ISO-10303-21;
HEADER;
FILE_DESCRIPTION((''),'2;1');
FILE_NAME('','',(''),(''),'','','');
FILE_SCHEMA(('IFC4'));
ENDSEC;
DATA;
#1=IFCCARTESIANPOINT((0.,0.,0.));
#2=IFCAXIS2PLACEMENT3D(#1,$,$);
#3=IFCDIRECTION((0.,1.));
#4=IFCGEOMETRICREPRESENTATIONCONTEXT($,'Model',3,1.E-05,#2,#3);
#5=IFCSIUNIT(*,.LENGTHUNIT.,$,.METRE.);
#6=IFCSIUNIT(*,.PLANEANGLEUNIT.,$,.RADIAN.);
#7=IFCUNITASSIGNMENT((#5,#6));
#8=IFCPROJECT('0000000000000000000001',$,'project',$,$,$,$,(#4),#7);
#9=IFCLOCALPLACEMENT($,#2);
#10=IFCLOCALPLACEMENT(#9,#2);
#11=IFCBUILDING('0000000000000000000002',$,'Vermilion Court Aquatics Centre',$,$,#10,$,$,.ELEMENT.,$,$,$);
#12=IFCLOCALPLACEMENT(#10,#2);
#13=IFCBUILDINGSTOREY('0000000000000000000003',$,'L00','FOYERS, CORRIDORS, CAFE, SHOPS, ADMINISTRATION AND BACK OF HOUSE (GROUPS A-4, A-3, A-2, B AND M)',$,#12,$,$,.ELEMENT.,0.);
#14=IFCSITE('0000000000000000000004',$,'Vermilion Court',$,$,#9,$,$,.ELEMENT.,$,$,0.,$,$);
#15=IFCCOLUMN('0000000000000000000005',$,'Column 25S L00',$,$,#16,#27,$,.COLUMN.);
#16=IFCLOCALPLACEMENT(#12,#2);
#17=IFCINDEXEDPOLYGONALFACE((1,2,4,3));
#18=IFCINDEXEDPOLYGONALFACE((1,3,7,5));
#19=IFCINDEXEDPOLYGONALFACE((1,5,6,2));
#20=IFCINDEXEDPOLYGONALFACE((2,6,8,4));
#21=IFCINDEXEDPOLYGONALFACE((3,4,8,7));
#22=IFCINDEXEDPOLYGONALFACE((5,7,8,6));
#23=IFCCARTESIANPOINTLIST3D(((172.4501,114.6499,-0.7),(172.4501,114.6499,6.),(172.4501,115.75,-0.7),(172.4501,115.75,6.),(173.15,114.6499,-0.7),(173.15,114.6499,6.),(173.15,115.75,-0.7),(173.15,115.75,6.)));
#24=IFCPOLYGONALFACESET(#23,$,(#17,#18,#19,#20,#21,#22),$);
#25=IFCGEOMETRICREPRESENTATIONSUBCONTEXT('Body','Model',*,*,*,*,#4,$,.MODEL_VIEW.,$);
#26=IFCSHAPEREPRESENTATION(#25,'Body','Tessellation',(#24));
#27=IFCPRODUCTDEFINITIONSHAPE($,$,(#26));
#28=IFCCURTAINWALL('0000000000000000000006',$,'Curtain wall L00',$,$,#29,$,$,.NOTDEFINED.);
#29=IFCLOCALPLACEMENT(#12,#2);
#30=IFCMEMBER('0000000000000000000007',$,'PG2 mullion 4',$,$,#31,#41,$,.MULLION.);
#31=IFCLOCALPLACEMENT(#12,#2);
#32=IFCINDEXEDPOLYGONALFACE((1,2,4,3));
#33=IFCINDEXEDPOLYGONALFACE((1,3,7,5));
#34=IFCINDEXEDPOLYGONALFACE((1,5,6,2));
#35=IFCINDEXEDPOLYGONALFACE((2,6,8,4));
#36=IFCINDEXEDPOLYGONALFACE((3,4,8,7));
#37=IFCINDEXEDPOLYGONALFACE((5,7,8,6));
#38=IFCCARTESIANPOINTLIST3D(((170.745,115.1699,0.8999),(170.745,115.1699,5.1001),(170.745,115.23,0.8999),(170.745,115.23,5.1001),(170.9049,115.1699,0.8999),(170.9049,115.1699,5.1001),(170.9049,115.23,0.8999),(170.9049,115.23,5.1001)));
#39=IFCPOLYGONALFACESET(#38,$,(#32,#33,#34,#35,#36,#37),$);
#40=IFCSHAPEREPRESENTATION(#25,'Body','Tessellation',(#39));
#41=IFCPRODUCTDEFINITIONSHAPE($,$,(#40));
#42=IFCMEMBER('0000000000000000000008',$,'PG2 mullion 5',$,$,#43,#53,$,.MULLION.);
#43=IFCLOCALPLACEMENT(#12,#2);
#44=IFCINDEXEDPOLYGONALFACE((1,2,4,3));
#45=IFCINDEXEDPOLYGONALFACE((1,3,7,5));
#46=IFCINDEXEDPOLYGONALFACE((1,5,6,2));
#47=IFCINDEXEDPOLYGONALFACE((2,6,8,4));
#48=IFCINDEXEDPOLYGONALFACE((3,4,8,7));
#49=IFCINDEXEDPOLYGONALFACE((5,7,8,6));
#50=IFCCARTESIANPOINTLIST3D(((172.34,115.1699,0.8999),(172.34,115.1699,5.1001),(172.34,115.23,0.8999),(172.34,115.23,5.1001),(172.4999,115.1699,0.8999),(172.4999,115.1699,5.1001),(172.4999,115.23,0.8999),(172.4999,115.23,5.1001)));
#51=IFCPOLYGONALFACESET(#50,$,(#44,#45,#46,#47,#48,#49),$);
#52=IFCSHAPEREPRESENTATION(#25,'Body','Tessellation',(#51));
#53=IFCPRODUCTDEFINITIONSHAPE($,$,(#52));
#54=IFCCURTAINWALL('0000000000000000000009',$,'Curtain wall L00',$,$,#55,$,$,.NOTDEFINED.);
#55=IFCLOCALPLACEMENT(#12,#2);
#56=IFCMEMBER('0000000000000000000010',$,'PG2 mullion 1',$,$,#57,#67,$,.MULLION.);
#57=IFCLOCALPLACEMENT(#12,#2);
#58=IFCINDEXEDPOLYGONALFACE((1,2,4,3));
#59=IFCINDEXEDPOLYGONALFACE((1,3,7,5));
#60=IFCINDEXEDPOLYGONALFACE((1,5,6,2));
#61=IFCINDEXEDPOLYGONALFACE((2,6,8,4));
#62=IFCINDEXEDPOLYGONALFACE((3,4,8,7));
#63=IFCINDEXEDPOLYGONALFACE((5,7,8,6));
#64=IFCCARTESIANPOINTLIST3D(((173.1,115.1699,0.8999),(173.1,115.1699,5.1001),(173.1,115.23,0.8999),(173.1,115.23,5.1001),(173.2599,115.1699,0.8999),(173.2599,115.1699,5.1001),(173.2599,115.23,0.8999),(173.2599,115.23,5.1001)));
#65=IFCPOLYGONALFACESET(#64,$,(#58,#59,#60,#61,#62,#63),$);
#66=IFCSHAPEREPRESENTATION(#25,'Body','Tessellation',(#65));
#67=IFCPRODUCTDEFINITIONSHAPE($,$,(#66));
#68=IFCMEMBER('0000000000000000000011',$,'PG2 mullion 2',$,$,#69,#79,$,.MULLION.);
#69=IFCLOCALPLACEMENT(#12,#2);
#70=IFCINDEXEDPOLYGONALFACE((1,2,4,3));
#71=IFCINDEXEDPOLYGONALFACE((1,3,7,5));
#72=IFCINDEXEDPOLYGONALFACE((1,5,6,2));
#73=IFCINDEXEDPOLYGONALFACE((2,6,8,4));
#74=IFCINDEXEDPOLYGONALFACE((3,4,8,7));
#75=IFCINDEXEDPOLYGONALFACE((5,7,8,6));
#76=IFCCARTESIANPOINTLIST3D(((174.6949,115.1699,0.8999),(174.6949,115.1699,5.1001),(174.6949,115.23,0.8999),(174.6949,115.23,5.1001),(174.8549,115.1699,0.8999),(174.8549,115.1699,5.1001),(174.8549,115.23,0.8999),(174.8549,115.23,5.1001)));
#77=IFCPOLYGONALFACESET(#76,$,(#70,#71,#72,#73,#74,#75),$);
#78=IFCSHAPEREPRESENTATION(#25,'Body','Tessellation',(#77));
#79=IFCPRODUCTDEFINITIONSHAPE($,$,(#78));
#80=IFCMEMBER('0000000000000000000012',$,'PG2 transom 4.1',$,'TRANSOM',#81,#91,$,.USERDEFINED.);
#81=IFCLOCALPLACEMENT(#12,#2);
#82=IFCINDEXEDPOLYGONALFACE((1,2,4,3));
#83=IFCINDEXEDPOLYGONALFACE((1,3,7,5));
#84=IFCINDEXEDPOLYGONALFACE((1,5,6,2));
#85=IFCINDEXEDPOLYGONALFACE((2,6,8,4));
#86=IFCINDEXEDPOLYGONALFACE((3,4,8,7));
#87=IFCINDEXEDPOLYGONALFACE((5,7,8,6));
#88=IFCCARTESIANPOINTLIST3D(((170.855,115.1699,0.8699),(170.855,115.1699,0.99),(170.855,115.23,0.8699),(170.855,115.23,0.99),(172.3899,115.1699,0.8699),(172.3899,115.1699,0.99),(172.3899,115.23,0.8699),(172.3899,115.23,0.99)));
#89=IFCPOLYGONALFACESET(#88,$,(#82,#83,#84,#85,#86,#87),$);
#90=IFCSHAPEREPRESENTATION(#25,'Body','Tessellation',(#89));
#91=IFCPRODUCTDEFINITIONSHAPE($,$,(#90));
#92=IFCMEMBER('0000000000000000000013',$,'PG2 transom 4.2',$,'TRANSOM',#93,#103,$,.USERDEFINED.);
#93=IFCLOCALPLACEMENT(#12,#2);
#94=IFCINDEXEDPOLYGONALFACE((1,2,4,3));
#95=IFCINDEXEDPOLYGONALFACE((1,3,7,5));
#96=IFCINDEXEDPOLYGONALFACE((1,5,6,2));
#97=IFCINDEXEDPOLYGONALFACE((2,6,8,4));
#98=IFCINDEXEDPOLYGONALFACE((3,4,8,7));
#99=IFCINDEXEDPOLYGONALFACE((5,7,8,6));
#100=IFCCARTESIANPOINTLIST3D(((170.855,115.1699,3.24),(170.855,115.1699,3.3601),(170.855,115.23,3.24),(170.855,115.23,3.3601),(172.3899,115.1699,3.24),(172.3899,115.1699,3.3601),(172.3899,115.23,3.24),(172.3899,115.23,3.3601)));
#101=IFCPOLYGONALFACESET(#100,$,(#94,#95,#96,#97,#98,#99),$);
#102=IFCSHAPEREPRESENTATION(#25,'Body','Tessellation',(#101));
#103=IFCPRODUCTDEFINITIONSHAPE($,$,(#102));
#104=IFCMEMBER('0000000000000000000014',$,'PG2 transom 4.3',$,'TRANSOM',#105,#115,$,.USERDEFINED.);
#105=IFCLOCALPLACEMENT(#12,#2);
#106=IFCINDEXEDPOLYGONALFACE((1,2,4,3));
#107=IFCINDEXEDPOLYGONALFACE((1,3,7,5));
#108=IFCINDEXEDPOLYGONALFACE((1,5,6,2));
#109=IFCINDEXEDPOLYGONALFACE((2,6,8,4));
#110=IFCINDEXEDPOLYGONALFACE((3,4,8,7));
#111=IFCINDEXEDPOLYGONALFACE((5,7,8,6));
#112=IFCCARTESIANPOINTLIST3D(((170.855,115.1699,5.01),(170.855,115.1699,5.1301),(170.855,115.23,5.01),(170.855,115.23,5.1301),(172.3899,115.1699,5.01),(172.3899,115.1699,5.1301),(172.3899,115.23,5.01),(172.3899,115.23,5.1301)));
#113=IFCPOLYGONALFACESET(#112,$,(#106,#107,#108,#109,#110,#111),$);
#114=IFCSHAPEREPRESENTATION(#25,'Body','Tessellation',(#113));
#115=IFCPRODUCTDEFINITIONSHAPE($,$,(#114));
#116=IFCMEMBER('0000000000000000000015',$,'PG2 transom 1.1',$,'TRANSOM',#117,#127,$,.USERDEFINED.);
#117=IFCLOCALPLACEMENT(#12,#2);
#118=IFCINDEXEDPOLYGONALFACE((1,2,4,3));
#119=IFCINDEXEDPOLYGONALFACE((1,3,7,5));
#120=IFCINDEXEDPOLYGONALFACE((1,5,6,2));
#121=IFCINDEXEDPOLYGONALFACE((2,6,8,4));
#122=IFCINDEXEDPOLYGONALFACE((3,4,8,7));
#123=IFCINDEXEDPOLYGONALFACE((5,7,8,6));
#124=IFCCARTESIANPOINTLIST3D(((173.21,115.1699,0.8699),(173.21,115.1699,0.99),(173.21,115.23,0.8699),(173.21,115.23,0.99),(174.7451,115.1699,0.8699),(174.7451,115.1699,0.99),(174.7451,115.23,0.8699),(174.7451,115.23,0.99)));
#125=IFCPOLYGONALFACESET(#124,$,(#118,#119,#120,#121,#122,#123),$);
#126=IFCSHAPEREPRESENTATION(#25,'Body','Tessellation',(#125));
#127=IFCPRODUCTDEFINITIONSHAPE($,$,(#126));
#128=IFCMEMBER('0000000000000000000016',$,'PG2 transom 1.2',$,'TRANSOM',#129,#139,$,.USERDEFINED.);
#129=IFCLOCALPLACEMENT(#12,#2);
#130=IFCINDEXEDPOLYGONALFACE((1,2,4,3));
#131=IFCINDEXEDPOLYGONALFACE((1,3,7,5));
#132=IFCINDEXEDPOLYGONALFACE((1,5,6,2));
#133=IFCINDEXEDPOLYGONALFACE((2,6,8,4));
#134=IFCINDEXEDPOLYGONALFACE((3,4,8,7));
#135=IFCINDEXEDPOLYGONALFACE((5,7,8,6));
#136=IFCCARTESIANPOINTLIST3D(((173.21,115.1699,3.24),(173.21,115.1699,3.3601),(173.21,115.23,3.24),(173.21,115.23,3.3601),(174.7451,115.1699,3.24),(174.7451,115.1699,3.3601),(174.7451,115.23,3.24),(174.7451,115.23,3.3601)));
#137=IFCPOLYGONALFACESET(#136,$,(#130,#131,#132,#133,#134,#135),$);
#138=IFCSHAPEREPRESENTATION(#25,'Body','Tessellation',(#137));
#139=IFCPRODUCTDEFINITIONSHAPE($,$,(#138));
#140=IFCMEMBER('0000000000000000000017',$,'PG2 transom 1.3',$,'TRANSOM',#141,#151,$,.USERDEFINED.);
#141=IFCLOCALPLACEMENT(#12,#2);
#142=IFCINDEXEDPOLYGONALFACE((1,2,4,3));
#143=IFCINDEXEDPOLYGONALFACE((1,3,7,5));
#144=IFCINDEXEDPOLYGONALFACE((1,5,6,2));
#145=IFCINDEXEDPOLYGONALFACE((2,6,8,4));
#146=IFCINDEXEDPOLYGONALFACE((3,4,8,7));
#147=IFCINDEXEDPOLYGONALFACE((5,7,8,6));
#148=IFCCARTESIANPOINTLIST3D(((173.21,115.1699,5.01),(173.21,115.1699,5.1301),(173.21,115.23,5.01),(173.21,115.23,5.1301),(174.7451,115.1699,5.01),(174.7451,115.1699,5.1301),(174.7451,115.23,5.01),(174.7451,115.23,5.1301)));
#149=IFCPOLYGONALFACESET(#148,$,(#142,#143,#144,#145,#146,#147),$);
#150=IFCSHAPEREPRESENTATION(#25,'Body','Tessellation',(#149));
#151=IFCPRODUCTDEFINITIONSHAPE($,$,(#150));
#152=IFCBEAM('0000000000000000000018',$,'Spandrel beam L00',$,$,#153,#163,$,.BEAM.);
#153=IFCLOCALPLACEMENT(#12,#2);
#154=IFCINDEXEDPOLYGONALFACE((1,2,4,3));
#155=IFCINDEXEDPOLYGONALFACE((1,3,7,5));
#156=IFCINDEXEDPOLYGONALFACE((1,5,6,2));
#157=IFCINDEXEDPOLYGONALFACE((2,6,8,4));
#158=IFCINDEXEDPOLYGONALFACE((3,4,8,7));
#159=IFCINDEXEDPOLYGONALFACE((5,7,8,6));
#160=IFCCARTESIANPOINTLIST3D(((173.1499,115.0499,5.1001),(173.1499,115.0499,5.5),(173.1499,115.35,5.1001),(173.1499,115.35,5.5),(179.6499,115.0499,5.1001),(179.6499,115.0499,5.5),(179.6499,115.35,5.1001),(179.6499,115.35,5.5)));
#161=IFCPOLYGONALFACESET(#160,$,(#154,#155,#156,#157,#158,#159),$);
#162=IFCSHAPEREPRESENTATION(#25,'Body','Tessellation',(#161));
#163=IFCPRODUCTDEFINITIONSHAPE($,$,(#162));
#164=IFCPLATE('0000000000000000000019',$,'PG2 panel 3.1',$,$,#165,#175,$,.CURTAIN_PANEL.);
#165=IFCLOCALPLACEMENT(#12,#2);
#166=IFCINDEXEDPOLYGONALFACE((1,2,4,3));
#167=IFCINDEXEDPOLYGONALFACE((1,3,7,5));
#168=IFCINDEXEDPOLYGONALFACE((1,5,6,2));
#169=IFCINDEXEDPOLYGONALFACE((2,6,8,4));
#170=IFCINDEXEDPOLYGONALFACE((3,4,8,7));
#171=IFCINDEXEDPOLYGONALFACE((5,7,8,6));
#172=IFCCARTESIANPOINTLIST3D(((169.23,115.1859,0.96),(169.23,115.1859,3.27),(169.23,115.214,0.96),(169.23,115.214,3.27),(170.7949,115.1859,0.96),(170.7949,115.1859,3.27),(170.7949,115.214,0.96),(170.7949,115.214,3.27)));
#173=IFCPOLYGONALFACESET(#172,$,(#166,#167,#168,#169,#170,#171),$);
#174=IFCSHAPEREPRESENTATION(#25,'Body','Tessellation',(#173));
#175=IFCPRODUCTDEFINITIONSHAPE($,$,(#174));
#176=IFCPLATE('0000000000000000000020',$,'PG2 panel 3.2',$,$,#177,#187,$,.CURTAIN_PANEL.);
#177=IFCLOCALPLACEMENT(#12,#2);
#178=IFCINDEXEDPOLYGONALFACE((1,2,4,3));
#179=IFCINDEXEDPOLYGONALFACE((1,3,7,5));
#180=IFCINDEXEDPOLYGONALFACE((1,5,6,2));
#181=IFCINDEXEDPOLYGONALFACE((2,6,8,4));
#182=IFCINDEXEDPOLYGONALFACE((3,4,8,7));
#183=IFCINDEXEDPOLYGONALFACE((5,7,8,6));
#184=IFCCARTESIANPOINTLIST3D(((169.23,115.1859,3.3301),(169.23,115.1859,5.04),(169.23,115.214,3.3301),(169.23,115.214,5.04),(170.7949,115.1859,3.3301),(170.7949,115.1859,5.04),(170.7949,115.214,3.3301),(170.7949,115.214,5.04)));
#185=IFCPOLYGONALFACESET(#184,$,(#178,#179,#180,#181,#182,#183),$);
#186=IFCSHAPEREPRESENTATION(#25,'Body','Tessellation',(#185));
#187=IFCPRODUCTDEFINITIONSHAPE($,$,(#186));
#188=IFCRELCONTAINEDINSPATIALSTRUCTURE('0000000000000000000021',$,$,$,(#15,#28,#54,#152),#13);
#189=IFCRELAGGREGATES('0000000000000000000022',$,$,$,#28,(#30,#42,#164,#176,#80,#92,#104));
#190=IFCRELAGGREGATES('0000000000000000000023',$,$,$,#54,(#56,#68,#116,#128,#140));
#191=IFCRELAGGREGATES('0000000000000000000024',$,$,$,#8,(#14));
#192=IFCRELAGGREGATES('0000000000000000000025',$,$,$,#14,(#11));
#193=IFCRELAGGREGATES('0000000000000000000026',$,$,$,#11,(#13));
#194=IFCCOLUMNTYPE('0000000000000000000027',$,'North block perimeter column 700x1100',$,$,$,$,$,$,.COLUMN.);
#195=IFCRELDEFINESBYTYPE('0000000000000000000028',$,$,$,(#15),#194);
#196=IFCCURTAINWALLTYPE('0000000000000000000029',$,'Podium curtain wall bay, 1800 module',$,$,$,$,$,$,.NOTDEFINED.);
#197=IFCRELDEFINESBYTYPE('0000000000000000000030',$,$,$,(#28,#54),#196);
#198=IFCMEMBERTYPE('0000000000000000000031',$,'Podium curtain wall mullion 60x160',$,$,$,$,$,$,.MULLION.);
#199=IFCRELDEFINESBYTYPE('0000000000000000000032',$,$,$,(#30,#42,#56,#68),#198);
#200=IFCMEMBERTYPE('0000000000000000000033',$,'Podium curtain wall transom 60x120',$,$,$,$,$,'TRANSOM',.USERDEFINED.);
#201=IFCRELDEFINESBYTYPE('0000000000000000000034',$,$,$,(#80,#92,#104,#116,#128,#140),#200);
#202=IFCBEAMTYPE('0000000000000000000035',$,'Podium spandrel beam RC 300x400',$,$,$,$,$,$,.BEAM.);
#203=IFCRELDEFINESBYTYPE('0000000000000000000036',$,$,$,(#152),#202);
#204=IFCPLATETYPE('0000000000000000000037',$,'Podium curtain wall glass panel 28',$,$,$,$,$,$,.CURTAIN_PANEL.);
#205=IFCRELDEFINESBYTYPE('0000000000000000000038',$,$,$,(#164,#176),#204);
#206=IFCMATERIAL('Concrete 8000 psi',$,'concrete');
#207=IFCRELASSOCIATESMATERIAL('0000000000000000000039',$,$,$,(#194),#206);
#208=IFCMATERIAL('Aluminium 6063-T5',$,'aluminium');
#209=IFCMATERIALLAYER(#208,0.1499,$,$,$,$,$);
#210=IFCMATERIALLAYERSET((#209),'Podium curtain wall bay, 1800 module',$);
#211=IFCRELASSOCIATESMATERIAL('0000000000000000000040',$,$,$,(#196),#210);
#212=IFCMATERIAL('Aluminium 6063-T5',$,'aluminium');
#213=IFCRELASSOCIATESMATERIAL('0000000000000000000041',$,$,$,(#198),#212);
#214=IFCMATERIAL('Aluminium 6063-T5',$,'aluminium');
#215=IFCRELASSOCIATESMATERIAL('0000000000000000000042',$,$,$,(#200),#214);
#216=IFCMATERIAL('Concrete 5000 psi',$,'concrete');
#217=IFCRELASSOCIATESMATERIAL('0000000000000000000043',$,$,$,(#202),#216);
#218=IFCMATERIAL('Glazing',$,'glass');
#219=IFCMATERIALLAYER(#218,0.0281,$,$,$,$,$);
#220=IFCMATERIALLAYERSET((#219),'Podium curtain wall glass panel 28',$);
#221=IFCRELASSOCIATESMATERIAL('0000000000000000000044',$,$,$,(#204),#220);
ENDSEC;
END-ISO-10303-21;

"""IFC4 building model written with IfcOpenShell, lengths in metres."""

from ifc_helpers import new_model, si_unit, direction, frame, origin, origin_2d, place, context, subcontext, project, spatial, rectangle, extrude, material, layer, layer_set, material_profile, profile_set, type_object, element, aggregate, save


model = new_model("IFC4")

# Units and contexts
model_context = context("Model", 3, precision=1e-05, world=origin(), true_north=direction((0.0, 1.0)))
body_context = subcontext(model_context, "Body", "Model", "MODEL_VIEW")
ifc_project = project(units=[si_unit("LENGTHUNIT", "METRE"), si_unit("PLANEANGLEUNIT", "RADIAN")], contexts=[model_context])

# Site, building, storey
site_placement = place(None, origin())
site = spatial("IfcSite", under=ifc_project, at=site_placement, Name="Vermilion Court", CompositionType="ELEMENT", RefElevation=0.0)
building_placement = place(site_placement, origin())
building = spatial("IfcBuilding", under=site, at=building_placement, Name="Vermilion Court Aquatics Centre", CompositionType="ELEMENT")
storey_placement = place(building_placement, origin())
storey = spatial("IfcBuildingStorey", under=building, at=storey_placement, Name="L00", Description="FOYERS, CORRIDORS, CAFE, SHOPS, ADMINISTRATION AND BACK OF HOUSE (GROUPS A-4, A-3, A-2, B AND M)", CompositionType="ELEMENT", Elevation=0.0)

# Column
ifc_material_1 = material(Name="Concrete 8000 psi", Category="concrete")
ifc_material_profile_1 = material_profile(ifc_material_1, rectangle(XDim=0.7, YDim=1.1001, at=origin_2d()), Name="RC 700x1100")
ifc_profile_set_1 = profile_set([ifc_material_profile_1], Name="Concrete 8000 psi")
column_type = type_object("IfcColumnType", Name="North block perimeter column 700x1100", PredefinedType="COLUMN", material=ifc_profile_set_1)
column_placement = place(storey_placement, frame((172.8, 115.2, -0.7), z_axis=(0.0, 0.0, 1.0), x_axis=(1.0, 0.0, 0.0)))
element("IfcColumn", 1, at=column_placement, inside=storey, type_object=column_type, Name="Column 25S L00", PredefinedType="COLUMN", context=body_context, shape_type="SweptSolid", body=[
    extrude(rectangle(XDim=0.7, YDim=1.1001, at=origin_2d()), origin(), (0.0, 0.0, 1.0), 6.7),
])

# Curtain walls, members
ifc_material_2 = material(Name="Aluminium 6063-T5", Category="aluminium")
ifc_layer_1 = layer(ifc_material_2, 0.1499)
ifc_layer_set_1 = layer_set([ifc_layer_1], Name="Podium curtain wall bay, 1800 module")
curtain_wall_type = type_object("IfcCurtainWallType", Name="Podium curtain wall bay, 1800 module", PredefinedType="NOTDEFINED", material=ifc_layer_set_1)
curtain_wall_1_placement = place(storey_placement, origin())
curtain_wall_1 = element("IfcCurtainWall", 2, at=curtain_wall_1_placement, inside=storey, type_object=curtain_wall_type, Name="Curtain wall L00", PredefinedType="NOTDEFINED")
ifc_material_3 = material(Name="Aluminium 6063-T5", Category="aluminium")
ifc_material_profile_2 = material_profile(ifc_material_3, rectangle(XDim=0.0601, YDim=0.1599, at=origin_2d()), Name="Mullion 60x160")
ifc_profile_set_2 = profile_set([ifc_material_profile_2], Name="Aluminium 6063-T5")
member_type_1 = type_object("IfcMemberType", Name="Podium curtain wall mullion 60x160", PredefinedType="MULLION", material=ifc_profile_set_2)
member_1_placement = place(storey_placement, frame((170.825, 115.2, 0.8999), z_axis=(0.0, 0.0, 1.0), x_axis=(0.0, 1.0, 0.0)))
member_1 = element("IfcMember", 3, at=member_1_placement, type_object=member_type_1, Name="PG2 mullion 4", PredefinedType="MULLION", context=body_context, shape_type="SweptSolid", body=[
    extrude(rectangle(XDim=0.0601, YDim=0.1599, at=origin_2d()), origin(), (0.0, 0.0, 1.0), 4.2002),
])
member_2_placement = place(storey_placement, frame((172.4199, 115.2, 0.8999), z_axis=(0.0, 0.0, 1.0), x_axis=(0.0, 1.0, 0.0)))
member_2 = element("IfcMember", 4, at=member_2_placement, type_object=member_type_1, Name="PG2 mullion 5", PredefinedType="MULLION", context=body_context, shape_type="SweptSolid", body=[
    extrude(rectangle(XDim=0.0601, YDim=0.1599, at=origin_2d()), origin(), (0.0, 0.0, 1.0), 4.2002),
])
curtain_wall_2_placement = place(storey_placement, origin())
curtain_wall_2 = element("IfcCurtainWall", 5, at=curtain_wall_2_placement, inside=storey, type_object=curtain_wall_type, Name="Curtain wall L00", PredefinedType="NOTDEFINED")
member_3_placement = place(storey_placement, frame((173.1799, 115.2, 0.8999), z_axis=(0.0, 0.0, 1.0), x_axis=(0.0, 1.0, 0.0)))
member_3 = element("IfcMember", 6, at=member_3_placement, type_object=member_type_1, Name="PG2 mullion 1", PredefinedType="MULLION", context=body_context, shape_type="SweptSolid", body=[
    extrude(rectangle(XDim=0.0601, YDim=0.1599, at=origin_2d()), origin(), (0.0, 0.0, 1.0), 4.2002),
])
member_4_placement = place(storey_placement, frame((174.7749, 115.2, 0.8999), z_axis=(0.0, 0.0, 1.0), x_axis=(0.0, 1.0, 0.0)))
member_4 = element("IfcMember", 7, at=member_4_placement, type_object=member_type_1, Name="PG2 mullion 2", PredefinedType="MULLION", context=body_context, shape_type="SweptSolid", body=[
    extrude(rectangle(XDim=0.0601, YDim=0.1599, at=origin_2d()), origin(), (0.0, 0.0, 1.0), 4.2002),
])

# Members
ifc_material_4 = material(Name="Aluminium 6063-T5", Category="aluminium")
ifc_material_profile_3 = material_profile(ifc_material_4, rectangle(XDim=0.0601, YDim=0.1201, at=origin_2d()), Name="Transom 60x120")
ifc_profile_set_3 = profile_set([ifc_material_profile_3], Name="Aluminium 6063-T5")
member_type_2 = type_object("IfcMemberType", Name="Podium curtain wall transom 60x120", ElementType="TRANSOM", PredefinedType="USERDEFINED", material=ifc_profile_set_3)
member_5_placement = place(storey_placement, frame((170.855, 115.2, 0.9299), z_axis=(1.0, 0.0, 0.0), x_axis=(0.0, 1.0, 0.0)))
member_5 = element("IfcMember", 8, at=member_5_placement, type_object=member_type_2, Name="PG2 transom 4.1", ObjectType="TRANSOM", PredefinedType="USERDEFINED", context=body_context, shape_type="SweptSolid", body=[
    extrude(rectangle(XDim=0.0601, YDim=0.1201, at=origin_2d()), origin(), (0.0, 0.0, 1.0), 1.5349),
])
member_6_placement = place(storey_placement, frame((170.855, 115.2, 3.3), z_axis=(1.0, 0.0, 0.0), x_axis=(0.0, 1.0, 0.0)))
member_6 = element("IfcMember", 9, at=member_6_placement, type_object=member_type_2, Name="PG2 transom 4.2", ObjectType="TRANSOM", PredefinedType="USERDEFINED", context=body_context, shape_type="SweptSolid", body=[
    extrude(rectangle(XDim=0.0601, YDim=0.1201, at=origin_2d()), origin(), (0.0, 0.0, 1.0), 1.5349),
])
member_7_placement = place(storey_placement, frame((170.855, 115.2, 5.0701), z_axis=(1.0, 0.0, 0.0), x_axis=(0.0, 1.0, 0.0)))
member_7 = element("IfcMember", 10, at=member_7_placement, type_object=member_type_2, Name="PG2 transom 4.3", ObjectType="TRANSOM", PredefinedType="USERDEFINED", context=body_context, shape_type="SweptSolid", body=[
    extrude(rectangle(XDim=0.0601, YDim=0.1201, at=origin_2d()), origin(), (0.0, 0.0, 1.0), 1.5349),
])
member_8_placement = place(storey_placement, frame((173.21, 115.2, 0.9299), z_axis=(1.0, 0.0, 0.0), x_axis=(0.0, 1.0, 0.0)))
member_8 = element("IfcMember", 11, at=member_8_placement, type_object=member_type_2, Name="PG2 transom 1.1", ObjectType="TRANSOM", PredefinedType="USERDEFINED", context=body_context, shape_type="SweptSolid", body=[
    extrude(rectangle(XDim=0.0601, YDim=0.1201, at=origin_2d()), origin(), (0.0, 0.0, 1.0), 1.5352),
])
member_9_placement = place(storey_placement, frame((173.21, 115.2, 3.3), z_axis=(1.0, 0.0, 0.0), x_axis=(0.0, 1.0, 0.0)))
member_9 = element("IfcMember", 12, at=member_9_placement, type_object=member_type_2, Name="PG2 transom 1.2", ObjectType="TRANSOM", PredefinedType="USERDEFINED", context=body_context, shape_type="SweptSolid", body=[
    extrude(rectangle(XDim=0.0601, YDim=0.1201, at=origin_2d()), origin(), (0.0, 0.0, 1.0), 1.5352),
])
member_10_placement = place(storey_placement, frame((173.21, 115.2, 5.0701), z_axis=(1.0, 0.0, 0.0), x_axis=(0.0, 1.0, 0.0)))
member_10 = element("IfcMember", 13, at=member_10_placement, type_object=member_type_2, Name="PG2 transom 1.3", ObjectType="TRANSOM", PredefinedType="USERDEFINED", context=body_context, shape_type="SweptSolid", body=[
    extrude(rectangle(XDim=0.0601, YDim=0.1201, at=origin_2d()), origin(), (0.0, 0.0, 1.0), 1.5352),
])

# Beam
ifc_material_5 = material(Name="Concrete 5000 psi", Category="concrete")
ifc_material_profile_4 = material_profile(ifc_material_5, rectangle(XDim=0.3, YDim=0.3999, at=origin_2d()), Name="RC 300x400")
ifc_profile_set_4 = profile_set([ifc_material_profile_4], Name="Concrete 5000 psi")
beam_type = type_object("IfcBeamType", Name="Podium spandrel beam RC 300x400", PredefinedType="BEAM", material=ifc_profile_set_4)
beam_placement = place(storey_placement, frame((173.1499, 115.2, 5.3), z_axis=(1.0, 0.0, 0.0), x_axis=(0.0, 1.0, 0.0)))
element("IfcBeam", 14, at=beam_placement, inside=storey, type_object=beam_type, Name="Spandrel beam L00", PredefinedType="BEAM", context=body_context, shape_type="SweptSolid", body=[
    extrude(rectangle(XDim=0.3, YDim=0.3999, at=origin_2d()), origin(), (0.0, 0.0, 1.0), 6.5),
])

# Plates
ifc_material_6 = material(Name="Glazing", Category="glass")
ifc_layer_2 = layer(ifc_material_6, 0.0281)
ifc_layer_set_2 = layer_set([ifc_layer_2], Name="Podium curtain wall glass panel 28")
plate_type = type_object("IfcPlateType", Name="Podium curtain wall glass panel 28", PredefinedType="CURTAIN_PANEL", material=ifc_layer_set_2)
plate_1_placement = place(storey_placement, frame((170.0125, 115.2, 0.96), z_axis=(0.0, 0.0, 1.0), x_axis=(1.0, 0.0, 0.0)))
plate_1 = element("IfcPlate", 15, at=plate_1_placement, type_object=plate_type, Name="PG2 panel 3.1", PredefinedType="CURTAIN_PANEL", context=body_context, shape_type="SweptSolid", body=[
    extrude(rectangle(XDim=1.5649, YDim=0.0281, at=origin_2d()), origin(), (0.0, 0.0, 1.0), 2.3101),
])
plate_2_placement = place(storey_placement, frame((170.0125, 115.2, 3.3301), z_axis=(0.0, 0.0, 1.0), x_axis=(1.0, 0.0, 0.0)))
plate_2 = element("IfcPlate", 16, at=plate_2_placement, type_object=plate_type, Name="PG2 panel 3.2", PredefinedType="CURTAIN_PANEL", context=body_context, shape_type="SweptSolid", body=[
    extrude(rectangle(XDim=1.5649, YDim=0.0281, at=origin_2d()), origin(), (0.0, 0.0, 1.0), 1.71),
])
aggregate(curtain_wall_1, [member_1, member_2, plate_1, plate_2, member_5, member_6, member_7])
aggregate(curtain_wall_2, [member_3, member_4, member_8, member_9, member_10])

save(model, "model.ifc")
